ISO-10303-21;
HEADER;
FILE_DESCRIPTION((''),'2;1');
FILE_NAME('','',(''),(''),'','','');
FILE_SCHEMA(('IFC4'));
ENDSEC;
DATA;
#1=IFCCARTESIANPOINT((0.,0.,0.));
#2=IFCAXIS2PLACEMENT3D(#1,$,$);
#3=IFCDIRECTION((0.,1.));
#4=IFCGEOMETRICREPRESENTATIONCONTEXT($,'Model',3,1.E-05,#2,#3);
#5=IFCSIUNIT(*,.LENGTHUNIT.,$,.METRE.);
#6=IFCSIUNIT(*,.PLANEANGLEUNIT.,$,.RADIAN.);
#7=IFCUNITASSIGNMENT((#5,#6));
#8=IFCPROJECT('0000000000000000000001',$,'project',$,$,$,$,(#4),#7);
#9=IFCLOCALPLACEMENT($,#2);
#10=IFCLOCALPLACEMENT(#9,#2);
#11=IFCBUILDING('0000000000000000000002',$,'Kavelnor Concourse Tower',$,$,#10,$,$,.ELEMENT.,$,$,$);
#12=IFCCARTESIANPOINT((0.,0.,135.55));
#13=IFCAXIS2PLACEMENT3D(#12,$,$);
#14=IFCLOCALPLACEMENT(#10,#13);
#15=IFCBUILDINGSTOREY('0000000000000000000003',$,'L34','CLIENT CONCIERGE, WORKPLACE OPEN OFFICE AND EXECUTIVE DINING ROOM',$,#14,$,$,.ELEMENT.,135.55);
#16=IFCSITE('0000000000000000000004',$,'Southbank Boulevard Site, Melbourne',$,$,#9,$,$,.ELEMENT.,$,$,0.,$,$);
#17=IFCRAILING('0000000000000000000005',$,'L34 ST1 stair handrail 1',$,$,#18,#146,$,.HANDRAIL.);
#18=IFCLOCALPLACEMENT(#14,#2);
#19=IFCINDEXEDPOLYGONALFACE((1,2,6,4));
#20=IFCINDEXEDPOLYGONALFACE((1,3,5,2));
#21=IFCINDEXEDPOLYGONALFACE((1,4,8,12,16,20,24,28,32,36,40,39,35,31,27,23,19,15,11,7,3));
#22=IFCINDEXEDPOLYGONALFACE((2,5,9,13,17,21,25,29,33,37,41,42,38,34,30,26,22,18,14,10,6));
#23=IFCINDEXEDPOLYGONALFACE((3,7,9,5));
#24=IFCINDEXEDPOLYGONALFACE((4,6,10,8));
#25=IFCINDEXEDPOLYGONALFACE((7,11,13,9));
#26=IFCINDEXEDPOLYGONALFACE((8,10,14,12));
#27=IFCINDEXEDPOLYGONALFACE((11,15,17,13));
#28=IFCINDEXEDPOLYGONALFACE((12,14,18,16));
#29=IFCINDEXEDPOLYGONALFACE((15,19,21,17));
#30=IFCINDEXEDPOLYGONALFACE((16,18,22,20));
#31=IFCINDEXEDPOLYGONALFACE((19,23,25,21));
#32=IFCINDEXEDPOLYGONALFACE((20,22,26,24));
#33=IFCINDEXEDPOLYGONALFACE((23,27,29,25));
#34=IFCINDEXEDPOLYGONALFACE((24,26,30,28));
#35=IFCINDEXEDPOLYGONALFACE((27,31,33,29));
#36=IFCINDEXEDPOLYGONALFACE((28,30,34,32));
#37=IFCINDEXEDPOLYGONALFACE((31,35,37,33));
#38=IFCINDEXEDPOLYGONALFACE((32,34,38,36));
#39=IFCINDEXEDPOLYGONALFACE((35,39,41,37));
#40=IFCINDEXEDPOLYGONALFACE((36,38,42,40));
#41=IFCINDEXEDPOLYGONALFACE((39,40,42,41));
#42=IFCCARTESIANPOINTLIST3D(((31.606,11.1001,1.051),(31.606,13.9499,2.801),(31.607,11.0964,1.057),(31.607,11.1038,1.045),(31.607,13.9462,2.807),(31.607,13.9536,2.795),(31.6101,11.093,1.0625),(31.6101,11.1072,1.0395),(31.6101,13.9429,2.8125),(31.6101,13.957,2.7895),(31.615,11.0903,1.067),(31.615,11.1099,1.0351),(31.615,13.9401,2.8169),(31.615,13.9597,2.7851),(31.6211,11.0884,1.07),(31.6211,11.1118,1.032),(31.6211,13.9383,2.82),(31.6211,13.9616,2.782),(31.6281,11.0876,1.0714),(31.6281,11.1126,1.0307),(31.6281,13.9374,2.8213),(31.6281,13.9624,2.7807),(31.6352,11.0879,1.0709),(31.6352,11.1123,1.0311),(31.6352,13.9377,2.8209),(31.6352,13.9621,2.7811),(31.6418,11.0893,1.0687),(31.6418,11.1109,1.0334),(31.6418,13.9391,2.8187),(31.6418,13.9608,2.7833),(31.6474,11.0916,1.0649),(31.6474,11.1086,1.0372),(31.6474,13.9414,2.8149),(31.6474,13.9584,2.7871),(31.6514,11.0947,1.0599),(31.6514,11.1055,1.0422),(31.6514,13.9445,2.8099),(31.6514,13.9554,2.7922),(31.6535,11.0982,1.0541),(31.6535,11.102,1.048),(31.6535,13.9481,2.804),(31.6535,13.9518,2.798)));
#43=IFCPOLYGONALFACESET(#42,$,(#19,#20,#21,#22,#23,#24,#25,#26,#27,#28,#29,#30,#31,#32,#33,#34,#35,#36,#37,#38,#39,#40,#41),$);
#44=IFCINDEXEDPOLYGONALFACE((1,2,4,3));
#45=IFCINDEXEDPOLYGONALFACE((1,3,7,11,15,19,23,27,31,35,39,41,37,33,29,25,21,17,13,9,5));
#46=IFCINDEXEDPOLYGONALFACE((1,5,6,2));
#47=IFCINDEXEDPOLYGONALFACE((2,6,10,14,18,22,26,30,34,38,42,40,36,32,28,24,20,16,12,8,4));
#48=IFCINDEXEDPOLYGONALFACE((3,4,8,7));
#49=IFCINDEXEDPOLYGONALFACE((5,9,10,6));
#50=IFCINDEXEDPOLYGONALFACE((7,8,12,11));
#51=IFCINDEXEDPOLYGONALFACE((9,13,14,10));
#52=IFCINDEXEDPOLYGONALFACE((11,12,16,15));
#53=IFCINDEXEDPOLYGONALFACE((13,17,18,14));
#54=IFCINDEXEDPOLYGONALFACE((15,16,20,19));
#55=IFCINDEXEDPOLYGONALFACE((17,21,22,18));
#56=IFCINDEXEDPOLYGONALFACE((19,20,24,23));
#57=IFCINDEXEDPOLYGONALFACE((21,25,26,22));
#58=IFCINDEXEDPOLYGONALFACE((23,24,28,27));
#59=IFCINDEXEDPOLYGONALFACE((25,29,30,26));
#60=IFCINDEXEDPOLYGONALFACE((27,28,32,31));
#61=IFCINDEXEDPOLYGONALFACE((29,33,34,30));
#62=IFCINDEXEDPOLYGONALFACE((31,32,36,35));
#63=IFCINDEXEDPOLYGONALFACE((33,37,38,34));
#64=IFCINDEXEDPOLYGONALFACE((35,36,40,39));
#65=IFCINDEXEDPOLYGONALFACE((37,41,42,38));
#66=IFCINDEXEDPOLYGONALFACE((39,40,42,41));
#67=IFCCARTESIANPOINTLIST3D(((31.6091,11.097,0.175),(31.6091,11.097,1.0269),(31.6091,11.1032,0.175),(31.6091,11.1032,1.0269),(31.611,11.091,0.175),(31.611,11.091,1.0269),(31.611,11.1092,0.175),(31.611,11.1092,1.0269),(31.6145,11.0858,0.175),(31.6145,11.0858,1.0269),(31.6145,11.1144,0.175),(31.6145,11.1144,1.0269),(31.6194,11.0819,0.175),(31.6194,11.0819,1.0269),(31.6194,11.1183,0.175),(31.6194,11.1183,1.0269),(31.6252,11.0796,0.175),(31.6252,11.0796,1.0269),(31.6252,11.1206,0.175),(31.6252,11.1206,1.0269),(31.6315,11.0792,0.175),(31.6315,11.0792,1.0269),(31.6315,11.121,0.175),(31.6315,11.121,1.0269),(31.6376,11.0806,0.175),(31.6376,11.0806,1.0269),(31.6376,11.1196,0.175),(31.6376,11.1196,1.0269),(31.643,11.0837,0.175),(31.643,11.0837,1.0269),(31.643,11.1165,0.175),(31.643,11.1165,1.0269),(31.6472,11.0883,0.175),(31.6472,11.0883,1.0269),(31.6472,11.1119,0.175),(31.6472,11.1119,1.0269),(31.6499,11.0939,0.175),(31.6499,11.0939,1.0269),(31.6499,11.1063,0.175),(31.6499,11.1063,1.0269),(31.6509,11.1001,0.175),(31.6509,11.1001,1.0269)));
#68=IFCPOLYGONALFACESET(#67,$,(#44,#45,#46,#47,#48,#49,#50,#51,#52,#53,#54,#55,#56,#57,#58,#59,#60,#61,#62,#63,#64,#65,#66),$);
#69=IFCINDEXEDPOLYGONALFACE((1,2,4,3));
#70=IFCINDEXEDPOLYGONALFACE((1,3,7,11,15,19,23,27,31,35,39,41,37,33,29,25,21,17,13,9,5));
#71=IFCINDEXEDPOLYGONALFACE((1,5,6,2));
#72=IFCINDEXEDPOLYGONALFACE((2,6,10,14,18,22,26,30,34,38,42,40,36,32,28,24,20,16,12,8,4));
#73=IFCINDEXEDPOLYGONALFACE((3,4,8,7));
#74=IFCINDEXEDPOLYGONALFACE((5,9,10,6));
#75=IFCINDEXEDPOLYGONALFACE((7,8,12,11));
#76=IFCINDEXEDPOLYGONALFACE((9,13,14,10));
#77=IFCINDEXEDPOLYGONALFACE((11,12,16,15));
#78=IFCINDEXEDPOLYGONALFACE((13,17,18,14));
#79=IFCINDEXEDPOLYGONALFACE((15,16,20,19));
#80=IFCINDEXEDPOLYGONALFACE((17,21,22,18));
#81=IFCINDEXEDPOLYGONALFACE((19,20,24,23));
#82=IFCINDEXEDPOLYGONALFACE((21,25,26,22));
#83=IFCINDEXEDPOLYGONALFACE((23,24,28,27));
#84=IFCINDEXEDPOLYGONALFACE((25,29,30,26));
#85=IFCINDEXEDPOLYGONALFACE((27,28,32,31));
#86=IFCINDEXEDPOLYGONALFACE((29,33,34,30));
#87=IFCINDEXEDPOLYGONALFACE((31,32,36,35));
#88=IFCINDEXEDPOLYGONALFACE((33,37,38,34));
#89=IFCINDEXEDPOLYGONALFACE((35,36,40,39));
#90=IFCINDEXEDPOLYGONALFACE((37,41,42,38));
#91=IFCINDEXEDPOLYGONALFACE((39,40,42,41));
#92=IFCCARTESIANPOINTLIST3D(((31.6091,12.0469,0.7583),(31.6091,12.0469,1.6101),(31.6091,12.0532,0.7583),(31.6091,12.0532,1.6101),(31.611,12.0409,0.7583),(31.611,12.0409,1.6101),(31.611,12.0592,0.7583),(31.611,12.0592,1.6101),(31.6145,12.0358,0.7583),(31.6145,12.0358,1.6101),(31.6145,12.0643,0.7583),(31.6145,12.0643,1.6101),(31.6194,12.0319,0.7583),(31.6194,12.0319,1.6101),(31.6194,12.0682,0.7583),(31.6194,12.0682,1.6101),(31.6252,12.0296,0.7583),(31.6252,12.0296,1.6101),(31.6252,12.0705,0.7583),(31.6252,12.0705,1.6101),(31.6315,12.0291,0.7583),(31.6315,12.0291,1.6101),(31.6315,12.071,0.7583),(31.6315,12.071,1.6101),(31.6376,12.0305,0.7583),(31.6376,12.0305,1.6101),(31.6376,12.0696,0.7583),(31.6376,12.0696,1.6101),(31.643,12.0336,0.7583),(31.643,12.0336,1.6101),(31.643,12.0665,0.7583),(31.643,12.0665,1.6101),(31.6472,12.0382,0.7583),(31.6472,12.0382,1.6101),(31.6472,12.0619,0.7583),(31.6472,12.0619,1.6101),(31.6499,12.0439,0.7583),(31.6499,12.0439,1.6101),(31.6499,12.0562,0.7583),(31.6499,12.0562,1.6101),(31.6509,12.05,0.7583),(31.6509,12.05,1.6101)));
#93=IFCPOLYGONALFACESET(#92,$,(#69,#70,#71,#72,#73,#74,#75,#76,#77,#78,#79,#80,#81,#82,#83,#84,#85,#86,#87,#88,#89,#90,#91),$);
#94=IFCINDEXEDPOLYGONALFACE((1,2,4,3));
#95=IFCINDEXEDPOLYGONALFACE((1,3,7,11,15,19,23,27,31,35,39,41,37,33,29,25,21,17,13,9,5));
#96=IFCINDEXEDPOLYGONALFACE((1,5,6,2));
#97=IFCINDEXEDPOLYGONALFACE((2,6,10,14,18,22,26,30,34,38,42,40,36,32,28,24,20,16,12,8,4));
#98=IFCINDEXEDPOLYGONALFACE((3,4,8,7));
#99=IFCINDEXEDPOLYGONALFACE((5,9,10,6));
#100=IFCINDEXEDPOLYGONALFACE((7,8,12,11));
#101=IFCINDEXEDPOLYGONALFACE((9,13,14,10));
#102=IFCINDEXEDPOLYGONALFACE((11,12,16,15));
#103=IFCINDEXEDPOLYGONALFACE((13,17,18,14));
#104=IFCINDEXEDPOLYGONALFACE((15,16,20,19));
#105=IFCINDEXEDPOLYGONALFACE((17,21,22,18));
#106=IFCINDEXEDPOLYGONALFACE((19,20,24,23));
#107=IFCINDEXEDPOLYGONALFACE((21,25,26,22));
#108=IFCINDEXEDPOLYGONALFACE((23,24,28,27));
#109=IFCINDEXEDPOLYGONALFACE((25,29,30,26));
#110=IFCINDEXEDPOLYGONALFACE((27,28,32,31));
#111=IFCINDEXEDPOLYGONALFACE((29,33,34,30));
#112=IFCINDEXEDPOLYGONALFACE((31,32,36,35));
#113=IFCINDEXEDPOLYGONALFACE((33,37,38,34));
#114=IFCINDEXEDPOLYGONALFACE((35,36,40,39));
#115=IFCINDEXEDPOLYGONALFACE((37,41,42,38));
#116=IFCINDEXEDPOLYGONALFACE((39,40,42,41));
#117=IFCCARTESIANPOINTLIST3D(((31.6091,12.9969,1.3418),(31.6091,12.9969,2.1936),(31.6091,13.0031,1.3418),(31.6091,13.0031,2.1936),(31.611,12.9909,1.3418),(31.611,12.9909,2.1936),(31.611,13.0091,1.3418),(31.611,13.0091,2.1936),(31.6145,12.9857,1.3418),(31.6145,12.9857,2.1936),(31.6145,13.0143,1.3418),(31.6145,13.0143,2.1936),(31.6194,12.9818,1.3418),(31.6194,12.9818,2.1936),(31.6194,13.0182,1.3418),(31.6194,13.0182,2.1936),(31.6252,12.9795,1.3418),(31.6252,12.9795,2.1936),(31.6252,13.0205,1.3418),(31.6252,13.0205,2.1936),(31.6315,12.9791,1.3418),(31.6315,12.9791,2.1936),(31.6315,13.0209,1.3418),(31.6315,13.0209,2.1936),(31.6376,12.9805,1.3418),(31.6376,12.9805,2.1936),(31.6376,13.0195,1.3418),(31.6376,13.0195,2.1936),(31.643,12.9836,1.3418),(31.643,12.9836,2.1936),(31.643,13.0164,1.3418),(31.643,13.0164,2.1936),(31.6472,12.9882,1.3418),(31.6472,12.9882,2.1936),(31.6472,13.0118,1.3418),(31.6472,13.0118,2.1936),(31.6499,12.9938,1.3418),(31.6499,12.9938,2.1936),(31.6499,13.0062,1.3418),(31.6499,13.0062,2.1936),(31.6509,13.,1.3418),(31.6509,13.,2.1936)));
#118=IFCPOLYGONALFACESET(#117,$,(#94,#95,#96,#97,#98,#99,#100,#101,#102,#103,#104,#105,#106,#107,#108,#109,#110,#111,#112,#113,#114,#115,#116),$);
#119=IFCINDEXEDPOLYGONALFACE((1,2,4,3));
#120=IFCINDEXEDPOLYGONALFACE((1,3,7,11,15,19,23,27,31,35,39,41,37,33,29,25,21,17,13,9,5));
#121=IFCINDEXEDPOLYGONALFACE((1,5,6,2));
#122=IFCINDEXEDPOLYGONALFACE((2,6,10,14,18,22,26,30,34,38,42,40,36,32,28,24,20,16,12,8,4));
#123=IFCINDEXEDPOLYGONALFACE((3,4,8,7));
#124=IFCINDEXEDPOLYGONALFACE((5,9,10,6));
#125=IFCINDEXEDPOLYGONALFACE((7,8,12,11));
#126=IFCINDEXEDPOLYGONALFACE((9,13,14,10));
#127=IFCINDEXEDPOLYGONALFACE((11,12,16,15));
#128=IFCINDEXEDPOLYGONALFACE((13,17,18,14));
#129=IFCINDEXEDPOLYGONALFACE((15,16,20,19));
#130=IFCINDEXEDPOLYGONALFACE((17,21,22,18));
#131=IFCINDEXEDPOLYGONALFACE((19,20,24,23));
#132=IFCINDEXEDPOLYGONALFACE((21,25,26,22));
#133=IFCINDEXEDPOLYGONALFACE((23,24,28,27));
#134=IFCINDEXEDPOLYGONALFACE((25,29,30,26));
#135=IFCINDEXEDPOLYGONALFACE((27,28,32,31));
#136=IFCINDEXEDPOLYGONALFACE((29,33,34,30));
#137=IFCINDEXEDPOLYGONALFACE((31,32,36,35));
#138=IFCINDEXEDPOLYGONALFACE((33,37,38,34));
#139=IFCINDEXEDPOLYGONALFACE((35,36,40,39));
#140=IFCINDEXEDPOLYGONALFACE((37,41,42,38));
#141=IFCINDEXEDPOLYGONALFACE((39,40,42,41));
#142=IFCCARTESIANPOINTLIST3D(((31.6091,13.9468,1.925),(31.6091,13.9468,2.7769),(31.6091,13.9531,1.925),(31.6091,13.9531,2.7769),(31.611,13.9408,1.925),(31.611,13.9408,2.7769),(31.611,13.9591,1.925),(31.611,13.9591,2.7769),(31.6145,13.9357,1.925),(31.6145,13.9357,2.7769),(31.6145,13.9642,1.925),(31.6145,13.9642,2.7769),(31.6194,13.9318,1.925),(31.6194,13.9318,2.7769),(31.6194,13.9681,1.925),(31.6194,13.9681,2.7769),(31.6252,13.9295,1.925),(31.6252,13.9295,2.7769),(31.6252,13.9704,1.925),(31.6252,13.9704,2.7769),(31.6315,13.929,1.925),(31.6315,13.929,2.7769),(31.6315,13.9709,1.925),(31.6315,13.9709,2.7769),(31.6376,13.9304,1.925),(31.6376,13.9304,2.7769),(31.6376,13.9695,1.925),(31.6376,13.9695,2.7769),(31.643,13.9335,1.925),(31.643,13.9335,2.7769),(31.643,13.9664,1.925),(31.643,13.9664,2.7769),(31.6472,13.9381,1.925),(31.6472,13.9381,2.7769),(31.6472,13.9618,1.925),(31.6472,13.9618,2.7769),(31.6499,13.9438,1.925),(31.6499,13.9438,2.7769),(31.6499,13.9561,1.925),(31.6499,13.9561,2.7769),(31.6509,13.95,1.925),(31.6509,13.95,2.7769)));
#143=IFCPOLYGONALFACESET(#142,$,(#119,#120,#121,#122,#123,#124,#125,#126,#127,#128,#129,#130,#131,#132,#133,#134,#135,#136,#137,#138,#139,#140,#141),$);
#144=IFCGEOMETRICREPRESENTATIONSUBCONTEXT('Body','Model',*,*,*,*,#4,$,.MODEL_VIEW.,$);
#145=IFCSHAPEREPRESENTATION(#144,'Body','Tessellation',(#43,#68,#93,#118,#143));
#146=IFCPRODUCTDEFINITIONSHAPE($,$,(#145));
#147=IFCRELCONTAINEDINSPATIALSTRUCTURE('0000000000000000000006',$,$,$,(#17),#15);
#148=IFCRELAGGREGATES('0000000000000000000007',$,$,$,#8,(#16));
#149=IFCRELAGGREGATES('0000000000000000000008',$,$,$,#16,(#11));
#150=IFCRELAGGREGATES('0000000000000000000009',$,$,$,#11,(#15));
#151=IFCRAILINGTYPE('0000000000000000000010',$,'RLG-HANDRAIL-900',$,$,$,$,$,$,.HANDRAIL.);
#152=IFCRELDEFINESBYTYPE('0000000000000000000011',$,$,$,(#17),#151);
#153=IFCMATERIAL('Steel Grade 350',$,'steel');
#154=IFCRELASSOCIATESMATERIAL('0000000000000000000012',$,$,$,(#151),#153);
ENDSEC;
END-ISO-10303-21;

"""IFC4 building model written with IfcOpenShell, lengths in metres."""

from ifc_helpers import new_model, si_unit, direction, frame, origin, origin_2d, place, context, subcontext, project, spatial, circle, extrude, material, type_object, element, save


model = new_model("IFC4")

# Units and contexts
model_context = context("Model", 3, precision=1e-05, world=origin(), true_north=direction((0.0, 1.0)))
body_context = subcontext(model_context, "Body", "Model", "MODEL_VIEW")
ifc_project = project(units=[si_unit("LENGTHUNIT", "METRE"), si_unit("PLANEANGLEUNIT", "RADIAN")], contexts=[model_context])

# Site, building, storey
site_placement = place(None, origin())
site = spatial("IfcSite", under=ifc_project, at=site_placement, Name="Southbank Boulevard Site, Melbourne", CompositionType="ELEMENT", RefElevation=0.0)
building_placement = place(site_placement, origin())
building = spatial("IfcBuilding", under=site, at=building_placement, Name="Kavelnor Concourse Tower", CompositionType="ELEMENT")
storey_placement = place(building_placement, frame((0.0, 0.0, 135.55)))
storey = spatial("IfcBuildingStorey", under=building, at=storey_placement, Name="L34", Description="CLIENT CONCIERGE, WORKPLACE OPEN OFFICE AND EXECUTIVE DINING ROOM", CompositionType="ELEMENT", Elevation=135.55)

# Shared definitions
ifc_material_1 = material(Name="Steel Grade 350", Category="steel")

# Railing
railing_type_1 = type_object("IfcRailingType", Name="RLG-HANDRAIL-900", PredefinedType="HANDRAIL", material=ifc_material_1)
railing_1_placement = place(storey_placement, frame((31.6299, 11.1001, 0.175)))
element("IfcRailing", 1, at=railing_1_placement, inside=storey, type_object=railing_type_1, Name="L34 ST1 stair handrail 1", PredefinedType="HANDRAIL", context=body_context, shape_type="SweptSolid", body=[
    extrude(circle(Radius=0.0239, at=origin_2d()), frame((0.0, 0.0, 0.876), z_axis=(0.0, 0.852159, 0.523283), x_axis=(-1.0, 0.0, 0.0)), (0.0, 0.0, 1.0), 3.3442),
    extrude(circle(Radius=0.021, at=origin_2d()), origin(), (0.0, 0.0, 1.0), 0.8518),
    extrude(circle(Radius=0.021, at=origin_2d()), frame((0.0, 0.95, 0.5833)), (0.0, 0.0, 1.0), 0.8518),
    extrude(circle(Radius=0.021, at=origin_2d()), frame((0.0, 1.8999, 1.1667)), (0.0, 0.0, 1.0), 0.8518),
    extrude(circle(Radius=0.021, at=origin_2d()), frame((0.0, 2.8499, 1.75)), (0.0, 0.0, 1.0), 0.8518),
])

save(model, "model.ifc")
